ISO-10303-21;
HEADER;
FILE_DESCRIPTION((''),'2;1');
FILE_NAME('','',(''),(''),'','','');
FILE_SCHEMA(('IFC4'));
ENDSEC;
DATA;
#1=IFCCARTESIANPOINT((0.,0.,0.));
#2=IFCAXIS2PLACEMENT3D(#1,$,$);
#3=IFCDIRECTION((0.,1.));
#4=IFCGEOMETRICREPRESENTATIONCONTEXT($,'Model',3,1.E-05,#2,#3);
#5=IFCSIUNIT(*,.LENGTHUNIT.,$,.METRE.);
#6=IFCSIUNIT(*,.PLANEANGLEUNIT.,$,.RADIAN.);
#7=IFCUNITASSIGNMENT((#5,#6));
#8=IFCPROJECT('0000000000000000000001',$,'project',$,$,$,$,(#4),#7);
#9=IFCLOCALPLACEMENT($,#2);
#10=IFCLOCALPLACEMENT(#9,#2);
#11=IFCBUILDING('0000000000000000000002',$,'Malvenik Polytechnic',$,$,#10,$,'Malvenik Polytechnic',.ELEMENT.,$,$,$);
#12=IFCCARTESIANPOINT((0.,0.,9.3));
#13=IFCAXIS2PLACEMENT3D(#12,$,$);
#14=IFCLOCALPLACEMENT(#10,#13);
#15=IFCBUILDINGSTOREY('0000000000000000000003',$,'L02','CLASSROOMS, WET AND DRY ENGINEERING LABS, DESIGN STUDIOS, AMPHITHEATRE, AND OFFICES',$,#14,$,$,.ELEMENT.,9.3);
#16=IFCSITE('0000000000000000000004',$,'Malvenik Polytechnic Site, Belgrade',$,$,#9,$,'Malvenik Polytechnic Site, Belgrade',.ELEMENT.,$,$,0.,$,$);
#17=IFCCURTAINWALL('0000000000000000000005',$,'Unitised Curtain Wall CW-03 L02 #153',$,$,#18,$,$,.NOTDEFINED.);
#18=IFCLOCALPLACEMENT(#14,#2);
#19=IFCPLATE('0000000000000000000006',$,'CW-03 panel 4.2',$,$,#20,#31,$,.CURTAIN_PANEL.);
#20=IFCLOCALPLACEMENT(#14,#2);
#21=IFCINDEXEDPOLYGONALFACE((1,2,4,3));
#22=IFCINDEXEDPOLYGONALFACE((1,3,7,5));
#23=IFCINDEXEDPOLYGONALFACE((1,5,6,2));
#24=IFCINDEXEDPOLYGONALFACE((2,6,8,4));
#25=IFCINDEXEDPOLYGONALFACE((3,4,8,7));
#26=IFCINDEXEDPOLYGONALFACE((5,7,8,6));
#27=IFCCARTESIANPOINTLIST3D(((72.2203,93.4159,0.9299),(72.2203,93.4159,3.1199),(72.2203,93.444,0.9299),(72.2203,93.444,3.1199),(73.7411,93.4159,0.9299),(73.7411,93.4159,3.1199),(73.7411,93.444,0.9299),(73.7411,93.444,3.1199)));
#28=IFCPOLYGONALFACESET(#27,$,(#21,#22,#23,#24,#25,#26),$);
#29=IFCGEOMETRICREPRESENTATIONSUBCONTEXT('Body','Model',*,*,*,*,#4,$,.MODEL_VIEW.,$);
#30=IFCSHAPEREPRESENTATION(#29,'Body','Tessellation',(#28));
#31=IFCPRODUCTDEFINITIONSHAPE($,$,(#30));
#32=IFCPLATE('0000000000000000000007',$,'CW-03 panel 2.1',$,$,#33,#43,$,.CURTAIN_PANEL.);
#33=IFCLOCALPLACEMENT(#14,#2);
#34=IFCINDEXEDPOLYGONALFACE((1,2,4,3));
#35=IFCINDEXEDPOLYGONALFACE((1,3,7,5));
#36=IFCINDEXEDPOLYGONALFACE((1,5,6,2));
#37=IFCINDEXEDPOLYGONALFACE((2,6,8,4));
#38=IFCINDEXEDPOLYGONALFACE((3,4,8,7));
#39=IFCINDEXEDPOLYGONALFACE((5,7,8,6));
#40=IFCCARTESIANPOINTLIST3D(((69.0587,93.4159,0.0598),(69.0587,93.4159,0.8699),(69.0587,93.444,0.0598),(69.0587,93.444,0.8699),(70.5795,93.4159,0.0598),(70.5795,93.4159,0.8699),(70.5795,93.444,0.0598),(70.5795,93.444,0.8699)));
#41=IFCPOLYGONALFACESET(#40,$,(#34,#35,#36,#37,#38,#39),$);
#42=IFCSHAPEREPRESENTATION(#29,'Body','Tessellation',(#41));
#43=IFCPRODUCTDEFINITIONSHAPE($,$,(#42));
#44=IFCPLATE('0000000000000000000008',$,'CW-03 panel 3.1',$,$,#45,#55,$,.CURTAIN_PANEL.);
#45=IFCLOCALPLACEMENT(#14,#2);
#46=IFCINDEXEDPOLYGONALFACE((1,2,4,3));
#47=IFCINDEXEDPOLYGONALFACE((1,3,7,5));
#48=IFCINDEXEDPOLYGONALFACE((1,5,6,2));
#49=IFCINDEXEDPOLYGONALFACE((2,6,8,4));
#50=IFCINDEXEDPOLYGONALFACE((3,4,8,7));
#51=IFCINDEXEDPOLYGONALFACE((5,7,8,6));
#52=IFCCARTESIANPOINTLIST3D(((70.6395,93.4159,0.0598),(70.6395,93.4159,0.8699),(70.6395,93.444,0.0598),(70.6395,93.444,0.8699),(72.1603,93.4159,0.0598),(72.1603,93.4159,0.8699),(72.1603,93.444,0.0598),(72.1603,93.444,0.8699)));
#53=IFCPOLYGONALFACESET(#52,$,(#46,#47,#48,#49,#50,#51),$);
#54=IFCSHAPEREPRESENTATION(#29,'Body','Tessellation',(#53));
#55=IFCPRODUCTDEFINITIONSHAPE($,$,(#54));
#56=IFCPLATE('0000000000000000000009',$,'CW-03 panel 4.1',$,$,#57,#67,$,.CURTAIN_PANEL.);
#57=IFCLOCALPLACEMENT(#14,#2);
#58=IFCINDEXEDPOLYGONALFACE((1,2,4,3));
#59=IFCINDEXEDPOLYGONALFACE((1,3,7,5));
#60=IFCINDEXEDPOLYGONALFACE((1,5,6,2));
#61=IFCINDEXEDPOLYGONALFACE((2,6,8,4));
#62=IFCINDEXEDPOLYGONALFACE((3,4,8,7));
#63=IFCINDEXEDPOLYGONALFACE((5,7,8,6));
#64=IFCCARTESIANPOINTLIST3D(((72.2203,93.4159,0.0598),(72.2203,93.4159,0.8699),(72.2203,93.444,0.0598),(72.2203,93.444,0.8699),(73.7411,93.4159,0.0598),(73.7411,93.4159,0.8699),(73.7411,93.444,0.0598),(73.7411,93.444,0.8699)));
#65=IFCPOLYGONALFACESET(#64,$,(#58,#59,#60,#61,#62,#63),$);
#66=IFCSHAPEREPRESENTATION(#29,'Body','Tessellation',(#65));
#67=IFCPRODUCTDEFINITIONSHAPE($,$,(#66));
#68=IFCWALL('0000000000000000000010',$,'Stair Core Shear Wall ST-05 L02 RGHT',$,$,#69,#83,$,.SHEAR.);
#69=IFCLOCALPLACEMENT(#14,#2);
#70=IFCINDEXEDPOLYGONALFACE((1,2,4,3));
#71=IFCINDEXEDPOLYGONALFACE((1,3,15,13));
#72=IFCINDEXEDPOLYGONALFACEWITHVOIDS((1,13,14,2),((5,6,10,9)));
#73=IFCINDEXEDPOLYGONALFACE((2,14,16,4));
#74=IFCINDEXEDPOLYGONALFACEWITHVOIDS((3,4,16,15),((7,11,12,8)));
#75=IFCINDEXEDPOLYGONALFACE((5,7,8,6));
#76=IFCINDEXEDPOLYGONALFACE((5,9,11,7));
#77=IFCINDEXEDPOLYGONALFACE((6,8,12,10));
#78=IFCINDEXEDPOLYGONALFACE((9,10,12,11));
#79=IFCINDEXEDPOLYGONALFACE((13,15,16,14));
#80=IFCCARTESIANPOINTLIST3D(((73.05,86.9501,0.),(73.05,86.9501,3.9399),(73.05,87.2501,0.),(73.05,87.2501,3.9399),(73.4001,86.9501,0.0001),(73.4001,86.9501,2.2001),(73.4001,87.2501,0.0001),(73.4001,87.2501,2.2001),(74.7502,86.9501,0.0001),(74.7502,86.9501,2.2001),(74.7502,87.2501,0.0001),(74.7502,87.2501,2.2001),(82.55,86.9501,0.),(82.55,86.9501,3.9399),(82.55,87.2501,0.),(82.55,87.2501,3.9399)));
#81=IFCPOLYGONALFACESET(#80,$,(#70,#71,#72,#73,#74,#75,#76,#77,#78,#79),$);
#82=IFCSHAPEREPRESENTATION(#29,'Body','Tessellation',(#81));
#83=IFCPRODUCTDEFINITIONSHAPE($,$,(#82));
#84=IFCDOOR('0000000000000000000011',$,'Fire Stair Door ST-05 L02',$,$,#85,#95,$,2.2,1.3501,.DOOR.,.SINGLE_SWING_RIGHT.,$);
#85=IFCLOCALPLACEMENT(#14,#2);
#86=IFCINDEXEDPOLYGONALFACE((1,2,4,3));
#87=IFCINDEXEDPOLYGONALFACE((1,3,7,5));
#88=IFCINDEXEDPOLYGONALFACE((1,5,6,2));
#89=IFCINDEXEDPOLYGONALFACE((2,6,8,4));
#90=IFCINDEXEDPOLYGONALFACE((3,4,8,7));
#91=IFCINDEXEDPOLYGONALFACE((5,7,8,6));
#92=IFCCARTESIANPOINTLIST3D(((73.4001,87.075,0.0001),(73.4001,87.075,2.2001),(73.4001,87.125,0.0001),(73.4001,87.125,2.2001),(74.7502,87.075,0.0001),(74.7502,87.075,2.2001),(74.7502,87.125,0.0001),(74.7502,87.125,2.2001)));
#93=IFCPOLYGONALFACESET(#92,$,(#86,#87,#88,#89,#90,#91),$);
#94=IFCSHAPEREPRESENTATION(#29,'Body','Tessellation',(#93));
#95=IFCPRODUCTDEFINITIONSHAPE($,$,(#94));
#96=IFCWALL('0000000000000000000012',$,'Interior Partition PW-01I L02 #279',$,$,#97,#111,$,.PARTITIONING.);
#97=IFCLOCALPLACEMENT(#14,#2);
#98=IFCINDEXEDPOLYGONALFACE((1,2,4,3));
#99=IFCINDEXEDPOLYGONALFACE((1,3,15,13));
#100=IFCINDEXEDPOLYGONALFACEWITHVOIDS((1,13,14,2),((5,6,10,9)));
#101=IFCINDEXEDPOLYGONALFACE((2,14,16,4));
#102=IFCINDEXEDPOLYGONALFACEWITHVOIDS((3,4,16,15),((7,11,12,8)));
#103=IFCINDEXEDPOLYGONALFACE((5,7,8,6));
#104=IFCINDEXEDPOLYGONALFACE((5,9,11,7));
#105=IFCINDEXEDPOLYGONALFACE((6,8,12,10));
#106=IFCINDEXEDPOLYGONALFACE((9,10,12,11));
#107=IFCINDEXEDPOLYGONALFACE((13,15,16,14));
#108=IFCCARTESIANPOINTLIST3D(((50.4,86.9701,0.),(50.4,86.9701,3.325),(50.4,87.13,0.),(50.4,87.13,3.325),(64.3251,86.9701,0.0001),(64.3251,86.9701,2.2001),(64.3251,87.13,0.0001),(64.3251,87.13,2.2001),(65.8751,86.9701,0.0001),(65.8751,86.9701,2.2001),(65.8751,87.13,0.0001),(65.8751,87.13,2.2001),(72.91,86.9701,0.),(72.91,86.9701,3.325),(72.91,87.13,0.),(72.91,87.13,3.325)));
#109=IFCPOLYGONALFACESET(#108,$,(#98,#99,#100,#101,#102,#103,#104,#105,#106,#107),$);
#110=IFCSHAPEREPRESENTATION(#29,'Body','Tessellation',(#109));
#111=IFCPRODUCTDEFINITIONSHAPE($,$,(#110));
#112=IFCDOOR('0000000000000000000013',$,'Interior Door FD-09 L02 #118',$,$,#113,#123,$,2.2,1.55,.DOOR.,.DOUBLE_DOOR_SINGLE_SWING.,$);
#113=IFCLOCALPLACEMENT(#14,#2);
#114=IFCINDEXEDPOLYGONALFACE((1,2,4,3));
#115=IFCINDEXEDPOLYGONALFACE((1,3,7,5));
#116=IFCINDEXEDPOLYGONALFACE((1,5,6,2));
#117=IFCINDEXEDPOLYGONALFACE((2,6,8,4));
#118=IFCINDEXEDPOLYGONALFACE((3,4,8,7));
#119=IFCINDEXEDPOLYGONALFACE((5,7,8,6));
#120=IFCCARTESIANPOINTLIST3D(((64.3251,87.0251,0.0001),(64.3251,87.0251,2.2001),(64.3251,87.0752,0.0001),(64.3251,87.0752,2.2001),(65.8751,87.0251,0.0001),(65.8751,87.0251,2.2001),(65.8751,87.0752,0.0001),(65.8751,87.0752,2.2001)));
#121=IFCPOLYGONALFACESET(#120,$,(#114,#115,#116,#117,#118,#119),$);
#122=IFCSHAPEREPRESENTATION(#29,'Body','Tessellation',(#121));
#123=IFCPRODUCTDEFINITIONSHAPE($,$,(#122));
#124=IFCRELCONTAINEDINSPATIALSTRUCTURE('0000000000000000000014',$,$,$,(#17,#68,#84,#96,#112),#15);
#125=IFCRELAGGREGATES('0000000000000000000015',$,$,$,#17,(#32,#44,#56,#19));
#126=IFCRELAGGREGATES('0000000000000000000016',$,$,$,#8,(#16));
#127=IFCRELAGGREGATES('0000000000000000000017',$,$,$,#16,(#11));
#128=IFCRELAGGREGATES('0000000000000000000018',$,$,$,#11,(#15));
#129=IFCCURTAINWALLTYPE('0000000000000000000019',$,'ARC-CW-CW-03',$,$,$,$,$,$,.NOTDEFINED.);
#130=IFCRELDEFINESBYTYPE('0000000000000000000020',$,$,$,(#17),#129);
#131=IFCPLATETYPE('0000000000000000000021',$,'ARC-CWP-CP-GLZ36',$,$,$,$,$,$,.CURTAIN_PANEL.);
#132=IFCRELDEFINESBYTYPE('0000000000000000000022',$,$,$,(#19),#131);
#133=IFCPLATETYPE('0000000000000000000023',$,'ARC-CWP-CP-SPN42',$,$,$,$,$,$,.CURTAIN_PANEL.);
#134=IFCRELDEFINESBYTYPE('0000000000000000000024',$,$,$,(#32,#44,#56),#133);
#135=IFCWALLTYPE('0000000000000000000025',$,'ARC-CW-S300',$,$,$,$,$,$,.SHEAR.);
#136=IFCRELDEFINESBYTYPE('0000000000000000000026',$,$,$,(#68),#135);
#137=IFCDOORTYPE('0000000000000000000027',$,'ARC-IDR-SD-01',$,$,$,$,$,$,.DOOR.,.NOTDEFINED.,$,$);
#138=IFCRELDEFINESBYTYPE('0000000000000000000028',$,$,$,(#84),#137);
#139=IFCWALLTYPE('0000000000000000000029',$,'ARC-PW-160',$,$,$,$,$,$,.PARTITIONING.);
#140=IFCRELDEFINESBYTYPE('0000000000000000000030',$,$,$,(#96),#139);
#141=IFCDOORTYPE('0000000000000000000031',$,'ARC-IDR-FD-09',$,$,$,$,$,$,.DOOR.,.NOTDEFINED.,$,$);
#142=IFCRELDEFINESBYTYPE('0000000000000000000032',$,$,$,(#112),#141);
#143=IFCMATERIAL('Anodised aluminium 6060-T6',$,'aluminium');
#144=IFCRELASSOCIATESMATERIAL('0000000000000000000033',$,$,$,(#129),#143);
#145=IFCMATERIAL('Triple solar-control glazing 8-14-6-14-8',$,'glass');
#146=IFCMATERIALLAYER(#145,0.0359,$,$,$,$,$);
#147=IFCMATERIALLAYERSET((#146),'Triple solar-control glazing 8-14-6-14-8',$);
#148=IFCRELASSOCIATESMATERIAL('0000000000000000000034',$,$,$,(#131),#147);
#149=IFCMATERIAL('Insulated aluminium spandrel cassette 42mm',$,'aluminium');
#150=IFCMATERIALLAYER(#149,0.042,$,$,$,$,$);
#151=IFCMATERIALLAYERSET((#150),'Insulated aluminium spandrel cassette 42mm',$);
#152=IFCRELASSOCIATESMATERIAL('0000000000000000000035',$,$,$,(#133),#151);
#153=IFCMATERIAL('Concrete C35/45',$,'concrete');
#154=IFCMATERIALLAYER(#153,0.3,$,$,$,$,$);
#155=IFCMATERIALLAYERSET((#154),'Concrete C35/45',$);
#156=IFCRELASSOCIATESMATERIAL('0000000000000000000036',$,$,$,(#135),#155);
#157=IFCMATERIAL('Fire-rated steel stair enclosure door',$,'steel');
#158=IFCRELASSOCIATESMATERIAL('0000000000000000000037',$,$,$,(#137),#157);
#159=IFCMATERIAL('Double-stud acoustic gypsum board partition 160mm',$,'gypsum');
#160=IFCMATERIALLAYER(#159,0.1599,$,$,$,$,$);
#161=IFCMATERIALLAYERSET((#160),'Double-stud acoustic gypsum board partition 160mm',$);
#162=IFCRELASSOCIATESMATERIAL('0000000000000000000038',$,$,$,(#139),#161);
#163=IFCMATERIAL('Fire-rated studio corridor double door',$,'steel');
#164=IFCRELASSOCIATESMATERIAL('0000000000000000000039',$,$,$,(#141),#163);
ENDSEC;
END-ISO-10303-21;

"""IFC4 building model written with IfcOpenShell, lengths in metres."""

from ifc_helpers import new_model, si_unit, direction, frame, frame_2d, origin, origin_2d, place, context, subcontext, project, spatial, rectangle, extrude, material, layer, layer_set, type_object, element, fill, aggregate, save


model = new_model("IFC4")

# Units and contexts
model_context = context("Model", 3, precision=1e-05, world=origin(), true_north=direction((0.0, 1.0)))
body_context = subcontext(model_context, "Body", "Model", "MODEL_VIEW")
ifc_project = project(units=[si_unit("LENGTHUNIT", "METRE"), si_unit("PLANEANGLEUNIT", "RADIAN")], contexts=[model_context])

# Site, building, storey
site_placement = place(None, origin())
site = spatial("IfcSite", under=ifc_project, at=site_placement, Name="Malvenik Polytechnic Site, Belgrade", LongName="Malvenik Polytechnic Site, Belgrade", CompositionType="ELEMENT", RefElevation=0.0)
building_placement = place(site_placement, origin())
building = spatial("IfcBuilding", under=site, at=building_placement, Name="Malvenik Polytechnic", LongName="Malvenik Polytechnic", CompositionType="ELEMENT")
storey_placement = place(building_placement, frame((0.0, 0.0, 9.3)))
storey = spatial("IfcBuildingStorey", under=building, at=storey_placement, Name="L02", Description="CLASSROOMS, WET AND DRY ENGINEERING LABS, DESIGN STUDIOS, AMPHITHEATRE, AND OFFICES", CompositionType="ELEMENT", Elevation=9.3)

# Curtain wall, plates
ifc_material_1 = material(Name="Anodised aluminium 6060-T6", Category="aluminium")
curtain_wall_type = type_object("IfcCurtainWallType", Name="ARC-CW-CW-03", PredefinedType="NOTDEFINED", material=ifc_material_1)
curtain_wall_placement = place(storey_placement, origin())
curtain_wall = element("IfcCurtainWall", 1, at=curtain_wall_placement, inside=storey, type_object=curtain_wall_type, Name="Unitised Curtain Wall CW-03 L02 #153", PredefinedType="NOTDEFINED")
ifc_material_2 = material(Name="Triple solar-control glazing 8-14-6-14-8", Category="glass")
ifc_layer_1 = layer(ifc_material_2, 0.0359)
ifc_layer_set_1 = layer_set([ifc_layer_1], Name="Triple solar-control glazing 8-14-6-14-8")
plate_type_1 = type_object("IfcPlateType", Name="ARC-CWP-CP-GLZ36", PredefinedType="CURTAIN_PANEL", material=ifc_layer_set_1)
plate_1_placement = place(storey_placement, frame((72.9807, 93.4299, 0.9299), z_axis=(0.0, 0.0, 1.0), x_axis=(1.0, 0.0, 0.0)))
plate_1 = element("IfcPlate", 2, at=plate_1_placement, type_object=plate_type_1, Name="CW-03 panel 4.2", PredefinedType="CURTAIN_PANEL", context=body_context, shape_type="SweptSolid", body=[
    extrude(rectangle(XDim=1.5208, YDim=0.0281, at=origin_2d()), origin(), (0.0, 0.0, 1.0), 2.1899),
])
ifc_material_3 = material(Name="Insulated aluminium spandrel cassette 42mm", Category="aluminium")
ifc_layer_2 = layer(ifc_material_3, 0.042)
ifc_layer_set_2 = layer_set([ifc_layer_2], Name="Insulated aluminium spandrel cassette 42mm")
plate_type_2 = type_object("IfcPlateType", Name="ARC-CWP-CP-SPN42", PredefinedType="CURTAIN_PANEL", material=ifc_layer_set_2)
plate_2_placement = place(storey_placement, frame((69.8191, 93.4299, 0.0598), z_axis=(0.0, 0.0, 1.0), x_axis=(1.0, 0.0, 0.0)))
plate_2 = element("IfcPlate", 3, at=plate_2_placement, type_object=plate_type_2, Name="CW-03 panel 2.1", PredefinedType="CURTAIN_PANEL", context=body_context, shape_type="SweptSolid", body=[
    extrude(rectangle(XDim=1.5208, YDim=0.0281, at=origin_2d()), origin(), (0.0, 0.0, 1.0), 0.8101),
])
plate_3_placement = place(storey_placement, frame((71.3999, 93.4299, 0.0598), z_axis=(0.0, 0.0, 1.0), x_axis=(1.0, 0.0, 0.0)))
plate_3 = element("IfcPlate", 4, at=plate_3_placement, type_object=plate_type_2, Name="CW-03 panel 3.1", PredefinedType="CURTAIN_PANEL", context=body_context, shape_type="SweptSolid", body=[
    extrude(rectangle(XDim=1.5208, YDim=0.0281, at=origin_2d()), origin(), (0.0, 0.0, 1.0), 0.8101),
])
plate_4_placement = place(storey_placement, frame((72.9807, 93.4299, 0.0598), z_axis=(0.0, 0.0, 1.0), x_axis=(1.0, 0.0, 0.0)))
plate_4 = element("IfcPlate", 5, at=plate_4_placement, type_object=plate_type_2, Name="CW-03 panel 4.1", PredefinedType="CURTAIN_PANEL", context=body_context, shape_type="SweptSolid", body=[
    extrude(rectangle(XDim=1.5208, YDim=0.0281, at=origin_2d()), origin(), (0.0, 0.0, 1.0), 0.8101),
])
aggregate(curtain_wall, [plate_2, plate_3, plate_4, plate_1])

# Walls, openings, doors
ifc_material_4 = material(Name="Concrete C35/45", Category="concrete")
ifc_layer_3 = layer(ifc_material_4, 0.3)
ifc_layer_set_3 = layer_set([ifc_layer_3], Name="Concrete C35/45")
wall_type_1 = type_object("IfcWallType", Name="ARC-CW-S300", PredefinedType="SHEAR", material=ifc_layer_set_3)
wall_1_placement = place(storey_placement, frame((73.05, 87.1001, 0.0), z_axis=(0.0, 0.0, 1.0), x_axis=(1.0, 0.0, 0.0)))
wall_1 = element("IfcWall", 6, at=wall_1_placement, inside=storey, type_object=wall_type_1, Name="Stair Core Shear Wall ST-05 L02 RGHT", PredefinedType="SHEAR", context=body_context, shape_type="SweptSolid", body=[
    extrude(rectangle(XDim=9.5, YDim=0.3, at=frame_2d((4.75, 0.0))), origin(), (0.0, 0.0, 1.0), 3.9399),
])
opening_1_placement = place(wall_1_placement, frame((0.3501, 0.0, 0.0)))
opening_1 = element("IfcOpeningElement", 7, at=opening_1_placement, cuts=wall_1, PredefinedType="OPENING", context=body_context, shape_type="SweptSolid", body=[
    extrude(rectangle(XDim=1.3501, YDim=2.2, at=frame_2d((0.675, 1.1001))), frame((0.0, 0.1602, 0.0), z_axis=(0.0, -1.0, 0.0), x_axis=(1.0, 0.0, 0.0)), (0.0, 0.0, 1.0), 0.3201),
])
ifc_material_5 = material(Name="Fire-rated steel stair enclosure door", Category="steel")
door_type_1 = type_object("IfcDoorType", Name="ARC-IDR-SD-01", OperationType="NOTDEFINED", PredefinedType="DOOR", material=ifc_material_5)
door_1_placement = place(opening_1_placement, origin())
door_1 = element("IfcDoor", 8, at=door_1_placement, inside=storey, type_object=door_type_1, Name="Fire Stair Door ST-05 L02", OperationType="SINGLE_SWING_RIGHT", OverallHeight=2.2, OverallWidth=1.3501, PredefinedType="DOOR", context=body_context, shape_type="SweptSolid", body=[
    extrude(rectangle(XDim=1.3501, YDim=2.2, at=frame_2d((0.675, 1.1001))), frame((0.0, 0.0249, 0.0), z_axis=(0.0, -1.0, 0.0), x_axis=(1.0, 0.0, 0.0)), (0.0, 0.0, 1.0), 0.05),
])
fill(opening_1, door_1)
ifc_material_6 = material(Name="Double-stud acoustic gypsum board partition 160mm", Category="gypsum")
ifc_layer_4 = layer(ifc_material_6, 0.1599)
ifc_layer_set_4 = layer_set([ifc_layer_4], Name="Double-stud acoustic gypsum board partition 160mm")
wall_type_2 = type_object("IfcWallType", Name="ARC-PW-160", PredefinedType="PARTITIONING", material=ifc_layer_set_4)
wall_2_placement = place(storey_placement, frame((72.9099, 87.05, 0.0), z_axis=(0.0, 0.0, 1.0), x_axis=(-1.0, 0.0, 0.0)))
wall_2 = element("IfcWall", 9, at=wall_2_placement, inside=storey, type_object=wall_type_2, Name="Interior Partition PW-01I L02 #279", PredefinedType="PARTITIONING", context=body_context, shape_type="SweptSolid", body=[
    extrude(rectangle(XDim=22.51, YDim=0.1599, at=frame_2d((11.2549, 0.0))), origin(), (0.0, 0.0, 1.0), 3.325),
])
opening_2_placement = place(wall_2_placement, frame((7.0349, 0.0, 0.0)))
opening_2 = element("IfcOpeningElement", 10, at=opening_2_placement, cuts=wall_2, PredefinedType="OPENING", context=body_context, shape_type="SweptSolid", body=[
    extrude(rectangle(XDim=1.55, YDim=2.2, at=frame_2d((0.7749, 1.1001))), frame((0.0, 0.0898, 0.0), z_axis=(0.0, -1.0, 0.0), x_axis=(1.0, 0.0, 0.0)), (0.0, 0.0, 1.0), 0.1799),
])
ifc_material_7 = material(Name="Fire-rated studio corridor double door", Category="steel")
door_type_2 = type_object("IfcDoorType", Name="ARC-IDR-FD-09", OperationType="NOTDEFINED", PredefinedType="DOOR", material=ifc_material_7)
door_2_placement = place(opening_2_placement, origin())
door_2 = element("IfcDoor", 11, at=door_2_placement, inside=storey, type_object=door_type_2, Name="Interior Door FD-09 L02 #118", OperationType="DOUBLE_DOOR_SINGLE_SWING", OverallHeight=2.2, OverallWidth=1.55, PredefinedType="DOOR", context=body_context, shape_type="SweptSolid", body=[
    extrude(rectangle(XDim=1.55, YDim=2.2, at=frame_2d((0.7749, 1.1001))), frame((0.0, 0.0249, 0.0), z_axis=(0.0, -1.0, 0.0), x_axis=(1.0, 0.0, 0.0)), (0.0, 0.0, 1.0), 0.05),
])
fill(opening_2, door_2)

save(model, "model.ifc")
